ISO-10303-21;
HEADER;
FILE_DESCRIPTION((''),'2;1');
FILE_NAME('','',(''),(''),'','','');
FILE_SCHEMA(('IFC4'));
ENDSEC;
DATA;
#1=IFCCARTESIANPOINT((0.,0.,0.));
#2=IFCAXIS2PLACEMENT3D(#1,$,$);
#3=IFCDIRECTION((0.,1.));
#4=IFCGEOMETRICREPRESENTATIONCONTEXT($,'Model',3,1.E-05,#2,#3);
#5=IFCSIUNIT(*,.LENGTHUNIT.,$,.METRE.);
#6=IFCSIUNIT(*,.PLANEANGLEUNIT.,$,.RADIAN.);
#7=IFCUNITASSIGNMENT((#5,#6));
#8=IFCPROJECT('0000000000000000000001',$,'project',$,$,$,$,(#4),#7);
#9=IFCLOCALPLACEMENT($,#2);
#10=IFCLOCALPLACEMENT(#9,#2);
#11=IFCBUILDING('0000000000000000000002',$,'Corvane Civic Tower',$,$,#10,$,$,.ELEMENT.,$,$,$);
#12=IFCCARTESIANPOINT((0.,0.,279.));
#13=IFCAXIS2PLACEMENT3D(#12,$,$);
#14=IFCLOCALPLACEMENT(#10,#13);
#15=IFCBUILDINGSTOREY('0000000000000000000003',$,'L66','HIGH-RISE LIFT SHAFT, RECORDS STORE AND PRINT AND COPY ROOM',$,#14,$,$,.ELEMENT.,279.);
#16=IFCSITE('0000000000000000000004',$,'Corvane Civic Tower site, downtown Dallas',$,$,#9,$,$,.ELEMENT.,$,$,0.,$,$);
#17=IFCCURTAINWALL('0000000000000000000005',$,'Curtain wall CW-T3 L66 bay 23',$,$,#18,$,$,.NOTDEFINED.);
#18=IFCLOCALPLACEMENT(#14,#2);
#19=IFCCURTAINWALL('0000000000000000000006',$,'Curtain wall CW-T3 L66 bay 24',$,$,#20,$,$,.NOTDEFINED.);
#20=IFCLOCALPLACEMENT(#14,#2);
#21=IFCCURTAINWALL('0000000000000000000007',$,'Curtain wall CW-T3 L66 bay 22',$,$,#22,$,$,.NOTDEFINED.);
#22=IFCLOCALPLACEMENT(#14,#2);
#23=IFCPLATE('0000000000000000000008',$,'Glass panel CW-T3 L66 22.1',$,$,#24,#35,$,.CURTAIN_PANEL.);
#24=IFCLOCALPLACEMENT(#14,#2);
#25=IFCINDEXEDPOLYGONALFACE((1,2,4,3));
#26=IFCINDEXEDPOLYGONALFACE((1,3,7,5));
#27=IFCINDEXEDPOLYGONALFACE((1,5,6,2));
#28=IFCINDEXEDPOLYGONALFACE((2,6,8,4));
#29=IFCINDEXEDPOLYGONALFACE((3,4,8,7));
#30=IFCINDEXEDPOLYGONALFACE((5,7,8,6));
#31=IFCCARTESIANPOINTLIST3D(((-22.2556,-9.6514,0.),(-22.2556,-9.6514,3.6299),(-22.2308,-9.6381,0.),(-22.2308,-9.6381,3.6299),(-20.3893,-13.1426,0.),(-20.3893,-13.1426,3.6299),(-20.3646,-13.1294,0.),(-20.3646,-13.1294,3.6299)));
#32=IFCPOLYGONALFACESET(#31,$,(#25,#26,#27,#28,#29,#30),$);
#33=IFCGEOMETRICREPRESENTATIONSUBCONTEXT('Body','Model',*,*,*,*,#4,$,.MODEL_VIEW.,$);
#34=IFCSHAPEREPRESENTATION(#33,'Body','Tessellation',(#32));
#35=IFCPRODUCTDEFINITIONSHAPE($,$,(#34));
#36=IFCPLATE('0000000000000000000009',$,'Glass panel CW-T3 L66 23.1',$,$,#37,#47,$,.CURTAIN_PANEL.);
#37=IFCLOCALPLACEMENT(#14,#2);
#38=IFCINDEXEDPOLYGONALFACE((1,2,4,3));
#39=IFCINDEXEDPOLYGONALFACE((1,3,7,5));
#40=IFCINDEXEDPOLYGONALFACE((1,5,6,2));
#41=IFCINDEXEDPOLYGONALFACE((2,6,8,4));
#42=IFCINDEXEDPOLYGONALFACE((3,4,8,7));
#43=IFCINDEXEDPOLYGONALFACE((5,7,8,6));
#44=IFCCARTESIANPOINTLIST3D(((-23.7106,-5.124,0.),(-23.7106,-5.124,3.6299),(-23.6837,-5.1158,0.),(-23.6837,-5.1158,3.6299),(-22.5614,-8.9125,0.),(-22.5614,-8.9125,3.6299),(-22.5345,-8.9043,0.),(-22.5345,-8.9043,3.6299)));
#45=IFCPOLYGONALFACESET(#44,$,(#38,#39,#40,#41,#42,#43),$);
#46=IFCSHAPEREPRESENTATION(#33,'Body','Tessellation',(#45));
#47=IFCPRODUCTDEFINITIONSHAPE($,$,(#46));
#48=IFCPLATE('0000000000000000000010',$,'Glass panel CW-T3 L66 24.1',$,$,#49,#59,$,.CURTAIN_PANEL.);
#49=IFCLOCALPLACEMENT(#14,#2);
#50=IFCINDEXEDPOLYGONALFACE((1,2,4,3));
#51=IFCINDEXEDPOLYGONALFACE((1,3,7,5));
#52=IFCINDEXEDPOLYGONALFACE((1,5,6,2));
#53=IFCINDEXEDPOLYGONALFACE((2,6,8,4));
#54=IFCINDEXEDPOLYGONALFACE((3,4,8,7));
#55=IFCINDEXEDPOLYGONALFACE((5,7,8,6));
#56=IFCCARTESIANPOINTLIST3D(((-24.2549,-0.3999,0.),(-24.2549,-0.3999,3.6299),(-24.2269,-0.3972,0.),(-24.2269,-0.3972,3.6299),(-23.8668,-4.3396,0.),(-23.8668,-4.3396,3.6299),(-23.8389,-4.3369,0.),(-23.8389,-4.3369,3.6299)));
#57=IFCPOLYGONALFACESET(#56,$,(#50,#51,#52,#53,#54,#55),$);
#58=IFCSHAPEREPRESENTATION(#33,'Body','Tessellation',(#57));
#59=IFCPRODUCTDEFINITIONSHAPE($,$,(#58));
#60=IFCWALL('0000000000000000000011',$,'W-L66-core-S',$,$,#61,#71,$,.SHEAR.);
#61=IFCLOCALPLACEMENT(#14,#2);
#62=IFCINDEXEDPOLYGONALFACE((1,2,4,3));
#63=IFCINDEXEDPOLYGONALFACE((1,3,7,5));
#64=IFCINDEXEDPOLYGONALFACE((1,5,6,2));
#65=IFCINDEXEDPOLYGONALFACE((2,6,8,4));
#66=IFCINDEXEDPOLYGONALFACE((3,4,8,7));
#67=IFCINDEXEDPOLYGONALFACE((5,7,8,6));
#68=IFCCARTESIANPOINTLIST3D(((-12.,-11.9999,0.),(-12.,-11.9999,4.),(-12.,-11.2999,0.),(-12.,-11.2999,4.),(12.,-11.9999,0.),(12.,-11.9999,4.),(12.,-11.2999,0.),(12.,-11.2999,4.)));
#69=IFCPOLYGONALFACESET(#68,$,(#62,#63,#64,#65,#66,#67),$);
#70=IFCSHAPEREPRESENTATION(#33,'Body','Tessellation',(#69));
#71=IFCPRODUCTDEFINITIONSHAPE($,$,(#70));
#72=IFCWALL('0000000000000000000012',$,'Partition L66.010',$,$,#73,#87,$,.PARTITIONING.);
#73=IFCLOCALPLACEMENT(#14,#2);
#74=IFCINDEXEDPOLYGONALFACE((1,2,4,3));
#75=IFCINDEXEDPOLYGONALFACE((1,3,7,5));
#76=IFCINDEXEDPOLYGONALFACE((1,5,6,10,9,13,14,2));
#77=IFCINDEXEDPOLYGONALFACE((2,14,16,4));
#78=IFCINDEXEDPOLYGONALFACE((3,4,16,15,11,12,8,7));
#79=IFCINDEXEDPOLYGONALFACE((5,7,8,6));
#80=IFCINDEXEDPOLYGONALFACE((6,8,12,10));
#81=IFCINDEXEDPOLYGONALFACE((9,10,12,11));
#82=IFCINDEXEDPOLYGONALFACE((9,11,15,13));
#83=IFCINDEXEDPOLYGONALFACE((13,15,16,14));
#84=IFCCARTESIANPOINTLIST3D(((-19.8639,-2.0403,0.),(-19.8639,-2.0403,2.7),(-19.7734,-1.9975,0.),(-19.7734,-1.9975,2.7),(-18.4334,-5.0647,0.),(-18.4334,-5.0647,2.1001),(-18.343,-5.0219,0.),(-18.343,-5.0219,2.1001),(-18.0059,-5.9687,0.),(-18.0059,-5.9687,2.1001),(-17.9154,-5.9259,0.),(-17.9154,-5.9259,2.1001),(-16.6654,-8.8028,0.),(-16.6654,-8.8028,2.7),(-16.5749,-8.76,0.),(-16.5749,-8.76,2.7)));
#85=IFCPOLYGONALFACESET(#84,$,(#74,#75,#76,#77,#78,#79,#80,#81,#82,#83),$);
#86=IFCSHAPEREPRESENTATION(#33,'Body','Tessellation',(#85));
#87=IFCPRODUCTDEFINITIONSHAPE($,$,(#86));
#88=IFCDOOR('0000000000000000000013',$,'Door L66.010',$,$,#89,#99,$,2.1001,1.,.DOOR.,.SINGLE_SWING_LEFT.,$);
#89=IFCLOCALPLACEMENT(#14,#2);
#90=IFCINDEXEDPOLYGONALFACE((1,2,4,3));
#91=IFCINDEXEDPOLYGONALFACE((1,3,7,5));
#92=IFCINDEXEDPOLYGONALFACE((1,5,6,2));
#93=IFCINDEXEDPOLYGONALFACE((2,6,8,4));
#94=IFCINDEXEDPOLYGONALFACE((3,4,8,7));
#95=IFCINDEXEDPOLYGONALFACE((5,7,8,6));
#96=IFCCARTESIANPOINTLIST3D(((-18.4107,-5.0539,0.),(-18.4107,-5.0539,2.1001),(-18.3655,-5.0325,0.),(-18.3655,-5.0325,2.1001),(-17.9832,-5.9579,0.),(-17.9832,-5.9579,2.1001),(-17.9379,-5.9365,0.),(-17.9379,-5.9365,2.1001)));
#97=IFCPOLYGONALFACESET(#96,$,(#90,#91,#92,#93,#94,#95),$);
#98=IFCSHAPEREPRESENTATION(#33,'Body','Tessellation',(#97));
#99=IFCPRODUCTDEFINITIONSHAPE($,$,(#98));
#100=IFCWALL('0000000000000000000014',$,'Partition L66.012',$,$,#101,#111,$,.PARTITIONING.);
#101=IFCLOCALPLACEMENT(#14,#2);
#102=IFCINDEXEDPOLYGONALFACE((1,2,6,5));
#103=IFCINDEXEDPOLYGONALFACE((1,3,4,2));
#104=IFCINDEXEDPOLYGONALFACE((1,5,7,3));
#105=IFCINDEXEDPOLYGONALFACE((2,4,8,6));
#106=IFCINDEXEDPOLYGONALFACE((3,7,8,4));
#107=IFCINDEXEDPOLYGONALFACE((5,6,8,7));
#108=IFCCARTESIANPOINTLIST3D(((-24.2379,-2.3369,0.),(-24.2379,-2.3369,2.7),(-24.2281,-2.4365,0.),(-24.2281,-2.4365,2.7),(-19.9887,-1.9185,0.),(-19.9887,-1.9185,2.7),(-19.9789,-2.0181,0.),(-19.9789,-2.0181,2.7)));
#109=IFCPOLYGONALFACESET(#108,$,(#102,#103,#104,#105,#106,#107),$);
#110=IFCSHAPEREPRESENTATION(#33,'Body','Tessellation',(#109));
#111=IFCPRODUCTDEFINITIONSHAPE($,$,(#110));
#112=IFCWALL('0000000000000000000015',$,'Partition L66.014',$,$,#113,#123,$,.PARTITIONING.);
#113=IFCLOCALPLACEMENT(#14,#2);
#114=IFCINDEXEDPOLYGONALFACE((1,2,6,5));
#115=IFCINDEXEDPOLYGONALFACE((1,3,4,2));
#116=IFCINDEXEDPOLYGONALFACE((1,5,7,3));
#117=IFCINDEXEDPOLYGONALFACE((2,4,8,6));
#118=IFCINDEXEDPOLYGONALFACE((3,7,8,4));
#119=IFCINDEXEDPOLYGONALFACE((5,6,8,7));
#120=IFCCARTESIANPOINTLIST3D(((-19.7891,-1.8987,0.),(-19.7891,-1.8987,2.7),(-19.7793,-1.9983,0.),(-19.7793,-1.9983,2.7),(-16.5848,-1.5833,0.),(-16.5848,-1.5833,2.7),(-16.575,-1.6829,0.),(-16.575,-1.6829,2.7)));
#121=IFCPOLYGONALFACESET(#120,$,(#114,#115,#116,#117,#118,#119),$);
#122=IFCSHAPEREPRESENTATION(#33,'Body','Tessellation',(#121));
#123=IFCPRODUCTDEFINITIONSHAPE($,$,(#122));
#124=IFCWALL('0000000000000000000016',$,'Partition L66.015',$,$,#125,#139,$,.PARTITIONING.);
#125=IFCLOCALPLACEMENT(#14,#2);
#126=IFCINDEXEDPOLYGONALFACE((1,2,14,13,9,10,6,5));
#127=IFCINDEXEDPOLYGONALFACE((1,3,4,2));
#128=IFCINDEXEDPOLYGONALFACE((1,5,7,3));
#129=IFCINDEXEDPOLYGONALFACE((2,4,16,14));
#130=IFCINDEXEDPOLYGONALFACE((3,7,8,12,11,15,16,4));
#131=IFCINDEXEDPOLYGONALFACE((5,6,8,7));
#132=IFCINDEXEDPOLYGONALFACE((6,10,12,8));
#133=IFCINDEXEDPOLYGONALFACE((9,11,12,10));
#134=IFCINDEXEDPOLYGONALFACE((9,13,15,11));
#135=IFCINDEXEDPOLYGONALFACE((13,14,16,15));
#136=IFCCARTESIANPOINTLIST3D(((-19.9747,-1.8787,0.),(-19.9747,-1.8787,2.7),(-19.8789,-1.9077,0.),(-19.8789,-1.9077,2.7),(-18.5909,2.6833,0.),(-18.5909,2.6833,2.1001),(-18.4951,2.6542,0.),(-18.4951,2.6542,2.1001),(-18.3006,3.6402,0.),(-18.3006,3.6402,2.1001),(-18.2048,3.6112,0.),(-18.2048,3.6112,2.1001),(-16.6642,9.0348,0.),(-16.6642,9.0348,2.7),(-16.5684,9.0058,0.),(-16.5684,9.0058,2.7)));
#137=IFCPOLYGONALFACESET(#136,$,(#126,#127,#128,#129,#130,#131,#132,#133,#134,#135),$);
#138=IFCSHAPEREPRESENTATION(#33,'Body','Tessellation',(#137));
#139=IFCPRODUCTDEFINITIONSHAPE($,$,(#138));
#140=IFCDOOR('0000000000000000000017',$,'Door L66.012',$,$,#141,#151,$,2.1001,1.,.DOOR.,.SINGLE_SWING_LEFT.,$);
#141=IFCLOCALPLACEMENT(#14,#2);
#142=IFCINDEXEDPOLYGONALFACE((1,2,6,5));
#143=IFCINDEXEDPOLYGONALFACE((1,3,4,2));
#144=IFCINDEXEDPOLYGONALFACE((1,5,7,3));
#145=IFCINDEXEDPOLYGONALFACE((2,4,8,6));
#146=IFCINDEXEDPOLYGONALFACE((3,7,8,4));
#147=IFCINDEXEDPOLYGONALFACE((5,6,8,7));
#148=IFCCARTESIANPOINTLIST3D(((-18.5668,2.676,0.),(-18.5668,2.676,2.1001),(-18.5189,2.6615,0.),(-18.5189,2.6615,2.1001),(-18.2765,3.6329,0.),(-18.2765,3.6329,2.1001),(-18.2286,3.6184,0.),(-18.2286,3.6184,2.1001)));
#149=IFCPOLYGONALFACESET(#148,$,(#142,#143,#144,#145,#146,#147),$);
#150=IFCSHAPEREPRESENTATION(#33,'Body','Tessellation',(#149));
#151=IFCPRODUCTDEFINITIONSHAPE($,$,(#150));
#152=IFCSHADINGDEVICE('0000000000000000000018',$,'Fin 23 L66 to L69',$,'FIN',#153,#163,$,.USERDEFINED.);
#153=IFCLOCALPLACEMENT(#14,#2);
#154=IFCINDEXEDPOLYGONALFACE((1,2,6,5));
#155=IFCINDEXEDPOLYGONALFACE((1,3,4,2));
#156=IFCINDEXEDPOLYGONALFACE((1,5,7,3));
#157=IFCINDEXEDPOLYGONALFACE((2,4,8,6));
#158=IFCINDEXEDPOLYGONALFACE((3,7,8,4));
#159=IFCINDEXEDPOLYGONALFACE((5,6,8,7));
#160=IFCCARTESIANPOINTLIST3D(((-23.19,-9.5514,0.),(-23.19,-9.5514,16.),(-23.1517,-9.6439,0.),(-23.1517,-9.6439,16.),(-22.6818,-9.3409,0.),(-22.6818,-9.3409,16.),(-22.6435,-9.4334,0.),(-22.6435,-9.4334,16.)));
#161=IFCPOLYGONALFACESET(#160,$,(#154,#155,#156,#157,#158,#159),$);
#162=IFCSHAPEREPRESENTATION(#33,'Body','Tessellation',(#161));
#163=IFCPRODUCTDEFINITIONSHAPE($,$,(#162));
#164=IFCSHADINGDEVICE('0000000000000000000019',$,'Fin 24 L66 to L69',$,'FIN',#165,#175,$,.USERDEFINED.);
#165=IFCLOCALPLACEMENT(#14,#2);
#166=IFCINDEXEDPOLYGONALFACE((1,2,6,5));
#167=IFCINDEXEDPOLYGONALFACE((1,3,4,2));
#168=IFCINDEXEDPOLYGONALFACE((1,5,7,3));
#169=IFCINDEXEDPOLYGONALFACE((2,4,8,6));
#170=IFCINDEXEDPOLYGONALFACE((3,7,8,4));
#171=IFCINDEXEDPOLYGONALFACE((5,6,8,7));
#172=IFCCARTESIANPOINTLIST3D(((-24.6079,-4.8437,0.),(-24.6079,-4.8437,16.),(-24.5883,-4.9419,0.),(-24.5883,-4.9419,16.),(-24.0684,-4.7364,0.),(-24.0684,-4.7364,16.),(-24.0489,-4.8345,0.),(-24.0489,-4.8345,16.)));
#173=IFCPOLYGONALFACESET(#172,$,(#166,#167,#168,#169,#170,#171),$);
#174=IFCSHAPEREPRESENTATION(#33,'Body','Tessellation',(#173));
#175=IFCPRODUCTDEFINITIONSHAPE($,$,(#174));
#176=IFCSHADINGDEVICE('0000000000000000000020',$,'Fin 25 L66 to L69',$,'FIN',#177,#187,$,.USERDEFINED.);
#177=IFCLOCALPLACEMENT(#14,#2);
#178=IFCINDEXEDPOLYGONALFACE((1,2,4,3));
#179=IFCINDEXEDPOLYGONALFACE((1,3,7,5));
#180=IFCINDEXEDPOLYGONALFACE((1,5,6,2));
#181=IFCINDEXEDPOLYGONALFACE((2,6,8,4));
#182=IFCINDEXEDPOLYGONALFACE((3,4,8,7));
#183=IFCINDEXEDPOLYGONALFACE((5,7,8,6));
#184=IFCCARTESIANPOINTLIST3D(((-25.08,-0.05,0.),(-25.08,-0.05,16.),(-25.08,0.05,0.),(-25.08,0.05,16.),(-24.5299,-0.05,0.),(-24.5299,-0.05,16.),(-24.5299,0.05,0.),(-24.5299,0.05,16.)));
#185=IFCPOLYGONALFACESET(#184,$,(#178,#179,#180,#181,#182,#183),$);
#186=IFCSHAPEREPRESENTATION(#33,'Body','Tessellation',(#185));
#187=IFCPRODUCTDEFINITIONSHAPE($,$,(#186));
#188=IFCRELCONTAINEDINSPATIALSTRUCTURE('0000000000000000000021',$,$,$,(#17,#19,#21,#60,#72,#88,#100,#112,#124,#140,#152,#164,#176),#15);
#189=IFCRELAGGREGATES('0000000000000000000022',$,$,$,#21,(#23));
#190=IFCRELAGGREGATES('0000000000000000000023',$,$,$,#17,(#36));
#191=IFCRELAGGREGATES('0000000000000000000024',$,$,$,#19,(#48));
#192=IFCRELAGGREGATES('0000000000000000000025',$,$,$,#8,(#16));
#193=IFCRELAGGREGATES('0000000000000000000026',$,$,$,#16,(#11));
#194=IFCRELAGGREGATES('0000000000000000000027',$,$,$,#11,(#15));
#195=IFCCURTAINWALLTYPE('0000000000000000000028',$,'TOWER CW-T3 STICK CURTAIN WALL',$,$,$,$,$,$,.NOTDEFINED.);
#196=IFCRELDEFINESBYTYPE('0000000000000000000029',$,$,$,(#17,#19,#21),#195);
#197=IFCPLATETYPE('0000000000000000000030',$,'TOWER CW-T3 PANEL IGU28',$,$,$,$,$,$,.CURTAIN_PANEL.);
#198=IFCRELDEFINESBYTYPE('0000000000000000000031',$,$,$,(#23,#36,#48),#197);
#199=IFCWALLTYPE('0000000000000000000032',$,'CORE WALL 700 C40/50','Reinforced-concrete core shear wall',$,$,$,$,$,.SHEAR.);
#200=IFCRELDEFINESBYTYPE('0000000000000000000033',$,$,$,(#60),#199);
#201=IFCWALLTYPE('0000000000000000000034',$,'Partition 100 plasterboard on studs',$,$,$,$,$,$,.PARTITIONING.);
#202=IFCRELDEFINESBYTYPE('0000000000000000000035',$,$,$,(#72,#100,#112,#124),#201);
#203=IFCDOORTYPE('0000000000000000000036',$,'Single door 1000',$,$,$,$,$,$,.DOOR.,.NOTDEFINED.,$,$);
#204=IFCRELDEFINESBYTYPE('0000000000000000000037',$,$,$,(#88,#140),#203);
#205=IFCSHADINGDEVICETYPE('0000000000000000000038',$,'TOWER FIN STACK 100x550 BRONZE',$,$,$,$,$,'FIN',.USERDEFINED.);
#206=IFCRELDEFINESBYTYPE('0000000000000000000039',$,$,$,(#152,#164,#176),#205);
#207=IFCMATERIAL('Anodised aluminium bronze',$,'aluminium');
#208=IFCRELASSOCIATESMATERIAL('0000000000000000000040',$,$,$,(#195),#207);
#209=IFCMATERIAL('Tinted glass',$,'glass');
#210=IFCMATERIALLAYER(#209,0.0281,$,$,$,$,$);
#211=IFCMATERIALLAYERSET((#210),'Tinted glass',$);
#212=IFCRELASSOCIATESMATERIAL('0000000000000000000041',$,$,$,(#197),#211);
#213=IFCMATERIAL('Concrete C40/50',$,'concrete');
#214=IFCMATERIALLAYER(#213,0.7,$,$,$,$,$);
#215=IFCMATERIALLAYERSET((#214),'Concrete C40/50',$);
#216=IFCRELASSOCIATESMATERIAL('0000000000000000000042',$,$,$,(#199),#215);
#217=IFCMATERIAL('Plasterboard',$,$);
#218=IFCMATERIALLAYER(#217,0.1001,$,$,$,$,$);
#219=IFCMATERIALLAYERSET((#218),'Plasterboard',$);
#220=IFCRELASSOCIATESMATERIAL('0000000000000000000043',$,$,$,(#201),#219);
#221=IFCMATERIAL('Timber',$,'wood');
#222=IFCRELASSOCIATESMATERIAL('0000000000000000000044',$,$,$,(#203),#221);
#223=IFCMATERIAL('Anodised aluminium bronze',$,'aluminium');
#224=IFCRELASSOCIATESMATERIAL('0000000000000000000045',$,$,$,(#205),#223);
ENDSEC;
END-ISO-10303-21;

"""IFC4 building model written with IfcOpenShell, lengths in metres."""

from ifc_helpers import new_model, si_unit, direction, frame, frame_2d, origin, origin_2d, place, context, subcontext, project, spatial, rectangle, extrude, material, layer, layer_set, material_profile, profile_set, type_object, element, fill, aggregate, save


model = new_model("IFC4")

# Units and contexts
model_context = context("Model", 3, precision=1e-05, world=origin(), true_north=direction((0.0, 1.0)))
body_context = subcontext(model_context, "Body", "Model", "MODEL_VIEW")
ifc_project = project(units=[si_unit("LENGTHUNIT", "METRE"), si_unit("PLANEANGLEUNIT", "RADIAN")], contexts=[model_context])

# Site, building, storey
site_placement = place(None, origin())
site = spatial("IfcSite", under=ifc_project, at=site_placement, Name="Corvane Civic Tower site, downtown Dallas", CompositionType="ELEMENT", RefElevation=0.0)
building_placement = place(site_placement, origin())
building = spatial("IfcBuilding", under=site, at=building_placement, Name="Corvane Civic Tower", CompositionType="ELEMENT")
storey_placement = place(building_placement, frame((0.0, 0.0, 279.0)))
storey = spatial("IfcBuildingStorey", under=building, at=storey_placement, Name="L66", Description="HIGH-RISE LIFT SHAFT, RECORDS STORE AND PRINT AND COPY ROOM", CompositionType="ELEMENT", Elevation=279.0)

# Curtain walls
ifc_material_1 = material(Name="Anodised aluminium bronze", Category="aluminium")
curtain_wall_type = type_object("IfcCurtainWallType", Name="TOWER CW-T3 STICK CURTAIN WALL", PredefinedType="NOTDEFINED", material=ifc_material_1)
curtain_wall_1_placement = place(storey_placement, origin())
curtain_wall_1 = element("IfcCurtainWall", 1, at=curtain_wall_1_placement, inside=storey, type_object=curtain_wall_type, Name="Curtain wall CW-T3 L66 bay 23", PredefinedType="NOTDEFINED")
curtain_wall_2_placement = place(storey_placement, origin())
curtain_wall_2 = element("IfcCurtainWall", 2, at=curtain_wall_2_placement, inside=storey, type_object=curtain_wall_type, Name="Curtain wall CW-T3 L66 bay 24", PredefinedType="NOTDEFINED")

# Curtain wall, plate
curtain_wall_3_placement = place(storey_placement, origin())
curtain_wall_3 = element("IfcCurtainWall", 3, at=curtain_wall_3_placement, inside=storey, type_object=curtain_wall_type, Name="Curtain wall CW-T3 L66 bay 22", PredefinedType="NOTDEFINED")
ifc_material_2 = material(Name="Tinted glass", Category="glass")
ifc_layer_1 = layer(ifc_material_2, 0.0281)
ifc_layer_set_1 = layer_set([ifc_layer_1], Name="Tinted glass")
plate_type = type_object("IfcPlateType", Name="TOWER CW-T3 PANEL IGU28", PredefinedType="CURTAIN_PANEL", material=ifc_layer_set_1)
plate_1_placement = place(storey_placement, frame((-21.3101, -11.3904, 0.0), z_axis=(0.0, 0.0, 1.0), x_axis=(-0.471421, 0.881908, 0.0)))
plate_1 = element("IfcPlate", 4, at=plate_1_placement, type_object=plate_type, Name="Glass panel CW-T3 L66 22.1", PredefinedType="CURTAIN_PANEL", context=body_context, shape_type="SweptSolid", body=[
    extrude(rectangle(XDim=3.9587, YDim=0.0281, at=origin_2d()), origin(), (0.0, 0.0, 1.0), 3.6299),
])
aggregate(curtain_wall_3, [plate_1])

# Plates
plate_2_placement = place(storey_placement, frame((-23.1226, -7.0142, 0.0), z_axis=(0.0, 0.0, 1.0), x_axis=(-0.290274, 0.956944, 0.0)))
plate_2 = element("IfcPlate", 5, at=plate_2_placement, type_object=plate_type, Name="Glass panel CW-T3 L66 23.1", PredefinedType="CURTAIN_PANEL", context=body_context, shape_type="SweptSolid", body=[
    extrude(rectangle(XDim=3.959, YDim=0.0281, at=origin_2d()), origin(), (0.0, 0.0, 1.0), 3.6299),
])
aggregate(curtain_wall_1, [plate_2])
plate_3_placement = place(storey_placement, frame((-24.0469, -2.3684, 0.0), z_axis=(0.0, 0.0, 1.0), x_axis=(-0.098021, 0.995184, 0.0)))
plate_3 = element("IfcPlate", 6, at=plate_3_placement, type_object=plate_type, Name="Glass panel CW-T3 L66 24.1", PredefinedType="CURTAIN_PANEL", context=body_context, shape_type="SweptSolid", body=[
    extrude(rectangle(XDim=3.9587, YDim=0.0281, at=origin_2d()), origin(), (0.0, 0.0, 1.0), 3.6299),
])
aggregate(curtain_wall_2, [plate_3])

# Wall
ifc_material_3 = material(Name="Concrete C40/50", Category="concrete")
ifc_layer_2 = layer(ifc_material_3, 0.7)
ifc_layer_set_2 = layer_set([ifc_layer_2], Name="Concrete C40/50")
wall_type_1 = type_object("IfcWallType", Name="CORE WALL 700 C40/50", Description="Reinforced-concrete core shear wall", PredefinedType="SHEAR", material=ifc_layer_set_2)
wall_1_placement = place(storey_placement, frame((-12.0, -11.6499, 0.0), z_axis=(0.0, 0.0, 1.0), x_axis=(1.0, 0.0, 0.0)))
element("IfcWall", 7, at=wall_1_placement, inside=storey, type_object=wall_type_1, Name="W-L66-core-S", PredefinedType="SHEAR", context=body_context, shape_type="SweptSolid", body=[
    extrude(rectangle(XDim=24.0, YDim=0.7, at=frame_2d((12.0, 0.0))), origin(), (0.0, 0.0, 1.0), 4.0),
])

# Wall, opening, door
ifc_material_4 = material(Name="Plasterboard")
ifc_layer_3 = layer(ifc_material_4, 0.1001)
ifc_layer_set_3 = layer_set([ifc_layer_3], Name="Plasterboard")
wall_type_2 = type_object("IfcWallType", Name="Partition 100 plasterboard on studs", PredefinedType="PARTITIONING", material=ifc_layer_set_3)
wall_2_placement = place(storey_placement, frame((-19.8186, -2.019, 0.0), z_axis=(0.0, 0.0, 1.0), x_axis=(0.427564, -0.903985, 0.0)))
wall_2 = element("IfcWall", 8, at=wall_2_placement, inside=storey, type_object=wall_type_2, Name="Partition L66.010", PredefinedType="PARTITIONING", context=body_context, shape_type="SweptSolid", body=[
    extrude(rectangle(XDim=7.4807, YDim=0.1001, at=frame_2d((3.7402, 0.0))), origin(), (0.0, 0.0, 1.0), 2.7),
])
opening_1_placement = place(wall_2_placement, frame((3.3455, 0.0, 0.0)))
opening_1 = element("IfcOpeningElement", 9, at=opening_1_placement, cuts=wall_2, PredefinedType="OPENING", context=body_context, shape_type="SweptSolid", body=[
    extrude(rectangle(XDim=1.0, YDim=2.1001, at=frame_2d((0.5, 1.05))), frame((0.0, 0.0601, 0.0), z_axis=(0.0, -1.0, 0.0), x_axis=(1.0, 0.0, 0.0)), (0.0, 0.0, 1.0), 0.1201),
])
ifc_material_5 = material(Name="Timber", Category="wood")
door_type = type_object("IfcDoorType", Name="Single door 1000", OperationType="NOTDEFINED", PredefinedType="DOOR", material=ifc_material_5)
door_1_placement = place(opening_1_placement, frame((1.0, 0.0, 0.0), z_axis=(0.0, 0.0, 1.0), x_axis=(-1.0, 0.0, 0.0)))
door_1 = element("IfcDoor", 10, at=door_1_placement, inside=storey, type_object=door_type, Name="Door L66.010", OperationType="SINGLE_SWING_LEFT", OverallHeight=2.1001, OverallWidth=1.0, PredefinedType="DOOR", context=body_context, shape_type="SweptSolid", body=[
    extrude(rectangle(XDim=1.0, YDim=2.1001, at=frame_2d((0.5, 1.05))), frame((0.0, 0.0249, 0.0), z_axis=(0.0, -1.0, 0.0), x_axis=(1.0, 0.0, 0.0)), (0.0, 0.0, 1.0), 0.05),
])
fill(opening_1, door_1)

# Walls
wall_3_placement = place(storey_placement, frame((-24.2329, -2.3867, 0.0), z_axis=(0.0, 0.0, 1.0), x_axis=(0.995186, 0.098003, 0.0)))
element("IfcWall", 11, at=wall_3_placement, inside=storey, type_object=wall_type_2, Name="Partition L66.012", PredefinedType="PARTITIONING", context=body_context, shape_type="SweptSolid", body=[
    extrude(rectangle(XDim=4.2698, YDim=0.1001, at=frame_2d((2.1348, 0.0))), origin(), (0.0, 0.0, 1.0), 2.7),
])
wall_4_placement = place(storey_placement, frame((-19.7842, -1.9485, 0.0), z_axis=(0.0, 0.0, 1.0), x_axis=(0.99519, 0.097965, 0.0)))
element("IfcWall", 12, at=wall_4_placement, inside=storey, type_object=wall_type_2, Name="Partition L66.014", PredefinedType="PARTITIONING", context=body_context, shape_type="SweptSolid", body=[
    extrude(rectangle(XDim=3.2197, YDim=0.1001, at=frame_2d((1.6099, 0.0))), origin(), (0.0, 0.0, 1.0), 2.7),
])

# Wall, opening, door
wall_5_placement = place(storey_placement, frame((-19.9268, -1.8931, 0.0), z_axis=(0.0, 0.0, 1.0), x_axis=(0.290281, 0.956942, 0.0)))
wall_5 = element("IfcWall", 13, at=wall_5_placement, inside=storey, type_object=wall_type_2, Name="Partition L66.015", PredefinedType="PARTITIONING", context=body_context, shape_type="SweptSolid", body=[
    extrude(rectangle(XDim=11.4045, YDim=0.1001, at=frame_2d((5.7021, 0.0))), origin(), (0.0, 0.0, 1.0), 2.7),
])
opening_2_placement = place(wall_5_placement, frame((4.7671, 0.0, 0.0)))
opening_2 = element("IfcOpeningElement", 14, at=opening_2_placement, cuts=wall_5, PredefinedType="OPENING", context=body_context, shape_type="SweptSolid", body=[
    extrude(rectangle(XDim=1.0, YDim=2.1001, at=frame_2d((0.5, 1.05))), frame((0.0, 0.0601, 0.0), z_axis=(0.0, -1.0, 0.0), x_axis=(1.0, 0.0, 0.0)), (0.0, 0.0, 1.0), 0.1201),
])
door_2_placement = place(opening_2_placement, origin())
door_2 = element("IfcDoor", 15, at=door_2_placement, inside=storey, type_object=door_type, Name="Door L66.012", OperationType="SINGLE_SWING_LEFT", OverallHeight=2.1001, OverallWidth=1.0, PredefinedType="DOOR", context=body_context, shape_type="SweptSolid", body=[
    extrude(rectangle(XDim=1.0, YDim=2.1001, at=frame_2d((0.5, 1.05))), frame((0.0, 0.0249, 0.0), z_axis=(0.0, -1.0, 0.0), x_axis=(1.0, 0.0, 0.0)), (0.0, 0.0, 1.0), 0.05),
])
fill(opening_2, door_2)

# Shading devices
ifc_material_6 = material(Name="Anodised aluminium bronze", Category="aluminium")
ifc_material_profile_1 = material_profile(ifc_material_6, rectangle(XDim=0.1001, YDim=0.55, at=origin_2d()), Name="TOWER FIN STACK 100x550 BRONZE")
ifc_profile_set_1 = profile_set([ifc_material_profile_1], Name="Anodised aluminium bronze")
shading_device_type = type_object("IfcShadingDeviceType", Name="TOWER FIN STACK 100x550 BRONZE", ElementType="FIN", PredefinedType="USERDEFINED", material=ifc_profile_set_1)
for number, where, z_axis, x_axis, name in (
    (16, (-22.9167, -9.4924, 0.0), (0.0, 0.0, 1.0), (-0.382683, 0.92388, 0.0), "Fin 23 L66 to L69"),
    (17, (-24.3284, -4.8391, 0.0), (0.0, 0.0, 1.0), (-0.19509, 0.980785, 0.0), "Fin 24 L66 to L69"),
    (18, (-24.8049, 0.0, 0.0), (0.0, 0.0, 1.0), (0.0, 1.0, 0.0), "Fin 25 L66 to L69"),
):
    element("IfcShadingDevice", number, at=place(storey_placement, frame(where, z_axis=z_axis, x_axis=x_axis)), inside=storey, type_object=shading_device_type, Name=name, ObjectType="FIN", PredefinedType="USERDEFINED", context=body_context, shape_type="SweptSolid", body=[
        extrude(rectangle(XDim=0.1001, YDim=0.55, at=origin_2d()), origin(), (0.0, 0.0, 1.0), 16.0),
    ])

save(model, "model.ifc")
